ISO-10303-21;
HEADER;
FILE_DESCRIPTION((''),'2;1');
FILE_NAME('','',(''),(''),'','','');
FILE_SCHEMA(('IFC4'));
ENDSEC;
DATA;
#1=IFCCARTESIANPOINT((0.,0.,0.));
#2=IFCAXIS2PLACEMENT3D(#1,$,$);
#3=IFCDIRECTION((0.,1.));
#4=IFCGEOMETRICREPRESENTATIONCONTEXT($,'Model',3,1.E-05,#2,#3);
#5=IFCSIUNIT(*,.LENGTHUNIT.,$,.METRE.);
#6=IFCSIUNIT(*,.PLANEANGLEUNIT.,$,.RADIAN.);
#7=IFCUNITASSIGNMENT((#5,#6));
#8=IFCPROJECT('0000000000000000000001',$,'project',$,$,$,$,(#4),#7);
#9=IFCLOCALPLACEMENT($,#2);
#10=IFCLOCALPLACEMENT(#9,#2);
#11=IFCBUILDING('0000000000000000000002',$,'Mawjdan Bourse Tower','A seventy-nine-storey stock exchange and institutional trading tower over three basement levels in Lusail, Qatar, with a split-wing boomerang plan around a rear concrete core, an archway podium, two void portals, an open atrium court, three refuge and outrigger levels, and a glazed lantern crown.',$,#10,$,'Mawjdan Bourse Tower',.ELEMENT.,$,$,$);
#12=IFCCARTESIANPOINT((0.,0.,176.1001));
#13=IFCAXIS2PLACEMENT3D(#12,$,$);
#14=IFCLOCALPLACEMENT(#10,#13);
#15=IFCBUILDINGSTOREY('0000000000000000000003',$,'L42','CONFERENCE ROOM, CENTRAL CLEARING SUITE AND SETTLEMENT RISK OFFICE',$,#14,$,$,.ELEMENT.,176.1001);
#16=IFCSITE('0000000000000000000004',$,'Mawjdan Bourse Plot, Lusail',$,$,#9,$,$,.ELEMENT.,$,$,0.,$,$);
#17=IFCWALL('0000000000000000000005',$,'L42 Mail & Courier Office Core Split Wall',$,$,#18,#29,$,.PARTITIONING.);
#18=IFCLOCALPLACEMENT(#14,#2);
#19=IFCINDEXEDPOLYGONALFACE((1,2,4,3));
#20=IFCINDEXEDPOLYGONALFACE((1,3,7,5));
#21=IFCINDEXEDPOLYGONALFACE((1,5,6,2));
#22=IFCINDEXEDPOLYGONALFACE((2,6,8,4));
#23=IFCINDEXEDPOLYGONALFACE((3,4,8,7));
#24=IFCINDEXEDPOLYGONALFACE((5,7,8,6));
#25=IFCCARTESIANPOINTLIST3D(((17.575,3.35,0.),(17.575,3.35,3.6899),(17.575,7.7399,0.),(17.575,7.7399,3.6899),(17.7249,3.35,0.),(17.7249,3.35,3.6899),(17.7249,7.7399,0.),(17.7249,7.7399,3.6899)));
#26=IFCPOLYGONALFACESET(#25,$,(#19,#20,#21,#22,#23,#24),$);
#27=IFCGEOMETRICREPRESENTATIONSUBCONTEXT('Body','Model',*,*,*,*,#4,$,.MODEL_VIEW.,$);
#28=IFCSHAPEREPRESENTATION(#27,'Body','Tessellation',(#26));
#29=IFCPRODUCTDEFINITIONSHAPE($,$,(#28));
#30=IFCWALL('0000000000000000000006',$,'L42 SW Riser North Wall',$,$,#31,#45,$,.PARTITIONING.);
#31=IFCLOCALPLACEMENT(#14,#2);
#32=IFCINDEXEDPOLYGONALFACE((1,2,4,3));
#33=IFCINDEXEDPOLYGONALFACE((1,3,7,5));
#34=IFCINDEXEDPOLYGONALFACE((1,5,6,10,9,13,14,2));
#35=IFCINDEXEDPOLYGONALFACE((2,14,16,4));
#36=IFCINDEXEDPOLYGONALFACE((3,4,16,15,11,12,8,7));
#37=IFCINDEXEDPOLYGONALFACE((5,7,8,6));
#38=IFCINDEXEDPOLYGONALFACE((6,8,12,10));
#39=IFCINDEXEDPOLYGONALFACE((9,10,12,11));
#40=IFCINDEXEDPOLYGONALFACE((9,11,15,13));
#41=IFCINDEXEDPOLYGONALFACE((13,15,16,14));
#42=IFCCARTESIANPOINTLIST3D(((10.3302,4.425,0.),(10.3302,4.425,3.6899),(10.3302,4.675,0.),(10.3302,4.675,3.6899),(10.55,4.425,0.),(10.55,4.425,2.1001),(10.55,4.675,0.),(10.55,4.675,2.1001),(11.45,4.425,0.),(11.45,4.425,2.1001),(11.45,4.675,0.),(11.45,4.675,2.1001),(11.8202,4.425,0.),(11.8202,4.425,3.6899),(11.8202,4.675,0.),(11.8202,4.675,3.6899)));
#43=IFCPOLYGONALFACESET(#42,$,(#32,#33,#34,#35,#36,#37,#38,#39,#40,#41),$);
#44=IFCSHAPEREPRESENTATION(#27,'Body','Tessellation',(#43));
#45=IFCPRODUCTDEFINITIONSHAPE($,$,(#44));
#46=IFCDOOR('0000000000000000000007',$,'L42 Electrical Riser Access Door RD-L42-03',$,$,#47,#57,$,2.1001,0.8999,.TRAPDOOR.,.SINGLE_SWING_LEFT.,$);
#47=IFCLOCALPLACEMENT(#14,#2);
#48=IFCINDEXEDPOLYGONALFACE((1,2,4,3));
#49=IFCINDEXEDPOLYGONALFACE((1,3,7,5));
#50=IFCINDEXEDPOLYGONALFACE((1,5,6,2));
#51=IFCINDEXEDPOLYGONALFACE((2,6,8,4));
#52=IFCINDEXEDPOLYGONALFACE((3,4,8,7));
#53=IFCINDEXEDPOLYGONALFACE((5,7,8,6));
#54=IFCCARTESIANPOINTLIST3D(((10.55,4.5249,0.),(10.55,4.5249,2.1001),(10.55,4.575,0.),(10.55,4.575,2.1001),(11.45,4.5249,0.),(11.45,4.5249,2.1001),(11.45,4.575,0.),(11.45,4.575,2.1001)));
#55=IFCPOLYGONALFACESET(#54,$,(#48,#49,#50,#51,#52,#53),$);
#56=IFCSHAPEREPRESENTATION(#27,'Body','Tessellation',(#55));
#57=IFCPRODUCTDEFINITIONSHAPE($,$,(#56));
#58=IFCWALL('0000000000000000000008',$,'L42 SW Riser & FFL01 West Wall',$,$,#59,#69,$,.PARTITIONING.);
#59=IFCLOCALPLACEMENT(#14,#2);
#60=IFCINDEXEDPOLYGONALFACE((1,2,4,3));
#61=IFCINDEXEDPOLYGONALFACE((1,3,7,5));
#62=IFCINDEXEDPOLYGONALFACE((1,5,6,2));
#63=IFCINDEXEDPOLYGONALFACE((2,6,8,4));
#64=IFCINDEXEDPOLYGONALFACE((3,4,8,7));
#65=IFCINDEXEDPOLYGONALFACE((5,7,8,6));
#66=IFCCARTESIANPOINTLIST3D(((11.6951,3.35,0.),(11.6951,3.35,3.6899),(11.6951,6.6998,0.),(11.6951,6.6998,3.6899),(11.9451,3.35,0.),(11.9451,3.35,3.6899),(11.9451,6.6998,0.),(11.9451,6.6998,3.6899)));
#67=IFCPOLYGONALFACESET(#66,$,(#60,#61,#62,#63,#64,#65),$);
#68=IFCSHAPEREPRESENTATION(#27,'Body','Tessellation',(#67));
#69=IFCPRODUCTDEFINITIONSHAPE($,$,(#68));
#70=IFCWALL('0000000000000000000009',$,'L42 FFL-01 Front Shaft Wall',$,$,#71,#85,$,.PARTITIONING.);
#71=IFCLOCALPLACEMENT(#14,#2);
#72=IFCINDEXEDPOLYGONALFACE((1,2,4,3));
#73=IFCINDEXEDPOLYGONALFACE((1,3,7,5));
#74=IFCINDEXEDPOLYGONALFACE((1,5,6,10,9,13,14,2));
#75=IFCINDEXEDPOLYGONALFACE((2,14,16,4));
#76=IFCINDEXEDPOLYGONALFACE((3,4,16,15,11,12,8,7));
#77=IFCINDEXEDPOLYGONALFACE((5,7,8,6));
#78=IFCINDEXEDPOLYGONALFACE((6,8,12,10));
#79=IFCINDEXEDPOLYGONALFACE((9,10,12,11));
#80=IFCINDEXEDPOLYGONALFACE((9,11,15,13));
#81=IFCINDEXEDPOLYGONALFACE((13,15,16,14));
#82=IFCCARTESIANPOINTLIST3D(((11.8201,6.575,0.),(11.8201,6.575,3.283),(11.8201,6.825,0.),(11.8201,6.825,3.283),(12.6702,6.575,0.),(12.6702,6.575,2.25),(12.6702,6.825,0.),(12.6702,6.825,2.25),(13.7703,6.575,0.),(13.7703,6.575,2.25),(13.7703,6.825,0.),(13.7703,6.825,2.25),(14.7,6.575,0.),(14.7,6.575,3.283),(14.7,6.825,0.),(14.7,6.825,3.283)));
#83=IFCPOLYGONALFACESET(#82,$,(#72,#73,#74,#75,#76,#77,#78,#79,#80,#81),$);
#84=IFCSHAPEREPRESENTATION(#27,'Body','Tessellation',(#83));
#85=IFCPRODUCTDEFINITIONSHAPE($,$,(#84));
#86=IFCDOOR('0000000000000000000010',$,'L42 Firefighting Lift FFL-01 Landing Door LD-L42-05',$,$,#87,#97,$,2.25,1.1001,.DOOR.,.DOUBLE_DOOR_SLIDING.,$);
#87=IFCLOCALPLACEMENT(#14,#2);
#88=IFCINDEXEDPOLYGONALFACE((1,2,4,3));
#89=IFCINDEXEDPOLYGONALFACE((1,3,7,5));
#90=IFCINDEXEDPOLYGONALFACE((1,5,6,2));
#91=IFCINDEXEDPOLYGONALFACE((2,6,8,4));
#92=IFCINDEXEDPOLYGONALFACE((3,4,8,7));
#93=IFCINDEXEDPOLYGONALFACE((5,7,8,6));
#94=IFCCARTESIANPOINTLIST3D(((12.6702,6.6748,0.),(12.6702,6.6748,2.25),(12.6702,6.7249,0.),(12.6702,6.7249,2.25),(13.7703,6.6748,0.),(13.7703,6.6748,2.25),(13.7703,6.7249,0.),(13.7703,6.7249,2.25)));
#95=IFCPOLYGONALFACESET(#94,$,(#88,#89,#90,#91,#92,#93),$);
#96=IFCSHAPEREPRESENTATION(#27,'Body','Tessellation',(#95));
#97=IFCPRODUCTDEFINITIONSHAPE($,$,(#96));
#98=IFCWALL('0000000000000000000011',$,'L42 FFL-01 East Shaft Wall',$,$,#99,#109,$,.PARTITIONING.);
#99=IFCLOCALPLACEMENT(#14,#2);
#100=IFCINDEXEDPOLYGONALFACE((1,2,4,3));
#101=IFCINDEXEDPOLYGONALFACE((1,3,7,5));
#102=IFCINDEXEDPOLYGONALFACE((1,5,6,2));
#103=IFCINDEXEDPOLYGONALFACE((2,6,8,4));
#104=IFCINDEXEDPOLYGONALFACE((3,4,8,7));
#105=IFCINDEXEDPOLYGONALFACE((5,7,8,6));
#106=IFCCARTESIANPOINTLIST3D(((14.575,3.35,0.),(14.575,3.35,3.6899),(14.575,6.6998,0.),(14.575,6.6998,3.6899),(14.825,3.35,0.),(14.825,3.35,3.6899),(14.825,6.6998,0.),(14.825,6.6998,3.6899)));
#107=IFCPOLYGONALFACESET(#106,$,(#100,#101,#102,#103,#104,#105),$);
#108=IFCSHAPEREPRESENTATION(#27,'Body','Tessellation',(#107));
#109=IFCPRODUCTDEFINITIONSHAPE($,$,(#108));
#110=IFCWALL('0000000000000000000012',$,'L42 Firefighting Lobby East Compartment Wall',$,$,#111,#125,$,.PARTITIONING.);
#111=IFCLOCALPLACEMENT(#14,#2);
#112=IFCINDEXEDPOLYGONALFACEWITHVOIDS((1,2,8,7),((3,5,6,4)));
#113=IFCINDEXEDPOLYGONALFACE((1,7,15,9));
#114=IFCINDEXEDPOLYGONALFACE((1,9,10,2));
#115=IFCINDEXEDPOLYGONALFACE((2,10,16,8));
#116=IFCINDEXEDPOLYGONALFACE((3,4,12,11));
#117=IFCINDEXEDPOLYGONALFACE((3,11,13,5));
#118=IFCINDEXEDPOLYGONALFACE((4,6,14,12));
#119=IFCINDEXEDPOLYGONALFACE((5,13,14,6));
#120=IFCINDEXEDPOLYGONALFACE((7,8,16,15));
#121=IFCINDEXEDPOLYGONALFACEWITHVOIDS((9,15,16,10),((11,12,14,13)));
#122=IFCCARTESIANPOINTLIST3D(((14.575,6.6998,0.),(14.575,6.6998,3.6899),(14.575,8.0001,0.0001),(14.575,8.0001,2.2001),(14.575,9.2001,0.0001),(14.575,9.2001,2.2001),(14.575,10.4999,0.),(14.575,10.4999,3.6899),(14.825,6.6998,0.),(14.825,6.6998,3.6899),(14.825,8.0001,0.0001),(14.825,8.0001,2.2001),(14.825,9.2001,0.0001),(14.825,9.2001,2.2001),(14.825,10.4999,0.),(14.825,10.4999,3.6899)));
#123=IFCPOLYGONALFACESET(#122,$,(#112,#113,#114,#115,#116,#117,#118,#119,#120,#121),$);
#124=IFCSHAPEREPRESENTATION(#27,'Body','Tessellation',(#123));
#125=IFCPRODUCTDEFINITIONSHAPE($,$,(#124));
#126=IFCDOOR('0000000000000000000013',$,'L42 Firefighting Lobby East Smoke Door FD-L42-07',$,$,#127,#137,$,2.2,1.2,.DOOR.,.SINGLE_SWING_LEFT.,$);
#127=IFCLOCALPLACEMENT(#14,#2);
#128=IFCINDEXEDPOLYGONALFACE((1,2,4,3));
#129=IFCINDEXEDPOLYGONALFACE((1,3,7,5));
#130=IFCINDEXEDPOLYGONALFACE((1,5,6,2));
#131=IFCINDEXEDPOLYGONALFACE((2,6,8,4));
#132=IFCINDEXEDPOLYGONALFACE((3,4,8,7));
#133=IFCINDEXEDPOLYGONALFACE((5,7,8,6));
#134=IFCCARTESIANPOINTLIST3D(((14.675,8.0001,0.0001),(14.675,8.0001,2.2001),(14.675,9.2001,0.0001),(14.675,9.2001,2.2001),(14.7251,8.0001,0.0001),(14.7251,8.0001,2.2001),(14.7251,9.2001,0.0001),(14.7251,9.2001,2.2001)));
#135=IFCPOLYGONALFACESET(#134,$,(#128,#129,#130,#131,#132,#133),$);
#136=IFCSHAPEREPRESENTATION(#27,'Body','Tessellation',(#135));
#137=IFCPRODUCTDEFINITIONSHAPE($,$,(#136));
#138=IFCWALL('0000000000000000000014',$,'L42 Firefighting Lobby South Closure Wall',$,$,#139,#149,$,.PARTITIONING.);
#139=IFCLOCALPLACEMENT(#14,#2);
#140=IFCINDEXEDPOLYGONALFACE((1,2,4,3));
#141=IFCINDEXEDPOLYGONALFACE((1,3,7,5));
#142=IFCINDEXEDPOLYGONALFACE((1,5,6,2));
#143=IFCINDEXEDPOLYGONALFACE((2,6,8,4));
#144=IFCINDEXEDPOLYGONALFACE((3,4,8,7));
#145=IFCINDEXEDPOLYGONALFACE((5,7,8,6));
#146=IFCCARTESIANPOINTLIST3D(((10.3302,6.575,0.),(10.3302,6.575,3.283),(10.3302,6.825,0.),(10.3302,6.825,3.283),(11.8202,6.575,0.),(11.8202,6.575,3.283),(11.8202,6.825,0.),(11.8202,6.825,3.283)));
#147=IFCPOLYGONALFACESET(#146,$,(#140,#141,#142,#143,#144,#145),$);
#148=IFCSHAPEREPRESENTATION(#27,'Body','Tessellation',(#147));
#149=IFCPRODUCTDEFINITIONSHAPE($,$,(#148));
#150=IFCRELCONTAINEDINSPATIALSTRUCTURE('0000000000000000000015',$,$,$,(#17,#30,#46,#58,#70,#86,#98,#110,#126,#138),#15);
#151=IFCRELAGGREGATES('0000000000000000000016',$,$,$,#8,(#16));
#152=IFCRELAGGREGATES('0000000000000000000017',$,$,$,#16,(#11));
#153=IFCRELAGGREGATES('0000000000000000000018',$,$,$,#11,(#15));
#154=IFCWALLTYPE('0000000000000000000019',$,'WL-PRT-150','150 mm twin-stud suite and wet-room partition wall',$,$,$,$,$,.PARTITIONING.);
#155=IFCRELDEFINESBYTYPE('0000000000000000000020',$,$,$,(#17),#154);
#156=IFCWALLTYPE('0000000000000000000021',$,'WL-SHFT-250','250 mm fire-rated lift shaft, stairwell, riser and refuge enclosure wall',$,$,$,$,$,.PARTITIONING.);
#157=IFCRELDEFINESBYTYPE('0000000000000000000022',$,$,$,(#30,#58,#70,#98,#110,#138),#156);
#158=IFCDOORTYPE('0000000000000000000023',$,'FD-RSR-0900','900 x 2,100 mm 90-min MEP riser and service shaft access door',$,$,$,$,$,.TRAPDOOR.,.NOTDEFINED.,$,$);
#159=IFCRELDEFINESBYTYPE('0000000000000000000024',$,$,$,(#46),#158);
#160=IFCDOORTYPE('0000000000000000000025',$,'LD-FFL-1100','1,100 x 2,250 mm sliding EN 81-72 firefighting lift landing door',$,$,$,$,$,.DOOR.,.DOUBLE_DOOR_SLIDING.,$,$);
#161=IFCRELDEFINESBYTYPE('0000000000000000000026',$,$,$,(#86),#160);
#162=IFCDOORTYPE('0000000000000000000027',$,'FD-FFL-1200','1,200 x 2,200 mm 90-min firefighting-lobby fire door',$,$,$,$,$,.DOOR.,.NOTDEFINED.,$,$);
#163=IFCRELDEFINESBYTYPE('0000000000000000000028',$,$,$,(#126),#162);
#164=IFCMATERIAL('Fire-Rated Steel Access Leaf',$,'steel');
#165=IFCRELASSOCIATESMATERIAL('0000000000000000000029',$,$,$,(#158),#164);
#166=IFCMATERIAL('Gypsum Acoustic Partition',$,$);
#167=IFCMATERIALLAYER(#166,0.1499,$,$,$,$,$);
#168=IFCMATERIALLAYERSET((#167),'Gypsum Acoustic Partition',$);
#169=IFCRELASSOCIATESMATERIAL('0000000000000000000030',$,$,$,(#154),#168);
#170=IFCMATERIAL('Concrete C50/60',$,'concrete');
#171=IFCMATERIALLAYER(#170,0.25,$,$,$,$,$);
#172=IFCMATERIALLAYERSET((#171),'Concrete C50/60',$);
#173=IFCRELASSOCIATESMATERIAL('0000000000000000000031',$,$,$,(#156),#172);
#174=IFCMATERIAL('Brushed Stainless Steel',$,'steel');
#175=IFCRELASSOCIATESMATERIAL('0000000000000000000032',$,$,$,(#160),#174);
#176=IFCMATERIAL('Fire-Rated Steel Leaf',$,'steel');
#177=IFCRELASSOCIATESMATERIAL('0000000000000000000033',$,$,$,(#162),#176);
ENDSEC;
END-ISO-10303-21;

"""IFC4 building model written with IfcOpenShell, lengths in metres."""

from ifc_helpers import new_model, si_unit, direction, frame, frame_2d, origin, place, context, subcontext, project, spatial, rectangle, extrude, material, layer, layer_set, type_object, element, fill, save


model = new_model("IFC4")

# Units and contexts
model_context = context("Model", 3, precision=1e-05, world=origin(), true_north=direction((0.0, 1.0)))
body_context = subcontext(model_context, "Body", "Model", "MODEL_VIEW")
ifc_project = project(units=[si_unit("LENGTHUNIT", "METRE"), si_unit("PLANEANGLEUNIT", "RADIAN")], contexts=[model_context])

# Site, building, storey
site_placement = place(None, origin())
site = spatial("IfcSite", under=ifc_project, at=site_placement, Name="Mawjdan Bourse Plot, Lusail", CompositionType="ELEMENT", RefElevation=0.0)
building_placement = place(site_placement, origin())
building = spatial("IfcBuilding", under=site, at=building_placement, Name="Mawjdan Bourse Tower", Description="A seventy-nine-storey stock exchange and institutional trading tower over three basement levels in Lusail, Qatar, with a split-wing boomerang plan around a rear concrete core, an archway podium, two void portals, an open atrium court, three refuge and outrigger levels, and a glazed lantern crown.", LongName="Mawjdan Bourse Tower", CompositionType="ELEMENT")
storey_placement = place(building_placement, frame((0.0, 0.0, 176.1001)))
storey = spatial("IfcBuildingStorey", under=building, at=storey_placement, Name="L42", Description="CONFERENCE ROOM, CENTRAL CLEARING SUITE AND SETTLEMENT RISK OFFICE", CompositionType="ELEMENT", Elevation=176.1001)

# Shared definitions
ifc_material_1 = material(Name="Concrete C50/60", Category="concrete")

# Shared definitions
ifc_material_2 = material(Name="Fire-Rated Steel Access Leaf", Category="steel")
door_type_1 = type_object("IfcDoorType", Name="FD-RSR-0900", Description="900 x 2,100 mm 90-min MEP riser and service shaft access door", OperationType="NOTDEFINED", PredefinedType="TRAPDOOR", material=ifc_material_2)

# Wall
ifc_material_3 = material(Name="Gypsum Acoustic Partition")
ifc_layer_1 = layer(ifc_material_3, 0.1499)
ifc_layer_set_1 = layer_set([ifc_layer_1], Name="Gypsum Acoustic Partition")
wall_type_1 = type_object("IfcWallType", Name="WL-PRT-150", Description="150 mm twin-stud suite and wet-room partition wall", PredefinedType="PARTITIONING", material=ifc_layer_set_1)
wall_1_placement = place(storey_placement, frame((17.6499, 3.3501, 0.0), z_axis=(0.0, 0.0, 1.0), x_axis=(0.0, 1.0, 0.0)))
element("IfcWall", 1, at=wall_1_placement, inside=storey, type_object=wall_type_1, Name="L42 Mail & Courier Office Core Split Wall", PredefinedType="PARTITIONING", context=body_context, shape_type="SweptSolid", body=[
    extrude(rectangle(XDim=4.3899, YDim=0.1499, at=frame_2d((2.1948, 0.0))), origin(), (0.0, 0.0, 1.0), 3.6899),
])

# Wall, opening, door
ifc_layer_2 = layer(ifc_material_1, 0.25)
ifc_layer_set_2 = layer_set([ifc_layer_2], Name="Concrete C50/60")
wall_type_2 = type_object("IfcWallType", Name="WL-SHFT-250", Description="250 mm fire-rated lift shaft, stairwell, riser and refuge enclosure wall", PredefinedType="PARTITIONING", material=ifc_layer_set_2)
wall_2_placement = place(storey_placement, frame((10.3301, 4.55, 0.0), z_axis=(0.0, 0.0, 1.0), x_axis=(1.0, 0.0, 0.0)))
wall_2 = element("IfcWall", 2, at=wall_2_placement, inside=storey, type_object=wall_type_2, Name="L42 SW Riser North Wall", PredefinedType="PARTITIONING", context=body_context, shape_type="SweptSolid", body=[
    extrude(rectangle(XDim=1.49, YDim=0.25, at=frame_2d((0.7451, 0.0))), origin(), (0.0, 0.0, 1.0), 3.6899),
])
opening_1_placement = place(wall_2_placement, frame((0.22, 0.0, 0.0)))
opening_1 = element("IfcOpeningElement", 3, at=opening_1_placement, cuts=wall_2, PredefinedType="OPENING", context=body_context, shape_type="SweptSolid", body=[
    extrude(rectangle(XDim=0.8999, YDim=2.1001, at=frame_2d((0.45, 1.05))), frame((0.0, 0.135, 0.0), z_axis=(0.0, -1.0, 0.0), x_axis=(1.0, 0.0, 0.0)), (0.0, 0.0, 1.0), 0.27),
])
door_1_placement = place(opening_1_placement, origin())
door_1 = element("IfcDoor", 4, at=door_1_placement, inside=storey, type_object=door_type_1, Name="L42 Electrical Riser Access Door RD-L42-03", OperationType="SINGLE_SWING_LEFT", OverallHeight=2.1001, OverallWidth=0.8999, PredefinedType="TRAPDOOR", context=body_context, shape_type="SweptSolid", body=[
    extrude(rectangle(XDim=0.8999, YDim=2.1001, at=frame_2d((0.45, 1.05))), frame((0.0, 0.0249, 0.0), z_axis=(0.0, -1.0, 0.0), x_axis=(1.0, 0.0, 0.0)), (0.0, 0.0, 1.0), 0.05),
])
fill(opening_1, door_1)

# Wall
wall_3_placement = place(storey_placement, frame((11.8201, 3.3501, 0.0), z_axis=(0.0, 0.0, 1.0), x_axis=(0.0, 1.0, 0.0)))
element("IfcWall", 5, at=wall_3_placement, inside=storey, type_object=wall_type_2, Name="L42 SW Riser & FFL01 West Wall", PredefinedType="PARTITIONING", context=body_context, shape_type="SweptSolid", body=[
    extrude(rectangle(XDim=3.3499, YDim=0.25, at=frame_2d((1.6748, 0.0))), origin(), (0.0, 0.0, 1.0), 3.6899),
])

# Wall, opening, door
wall_4_placement = place(storey_placement, frame((11.8201, 6.7, 0.0), z_axis=(0.0, 0.0, 1.0), x_axis=(1.0, 0.0, 0.0)))
wall_4 = element("IfcWall", 6, at=wall_4_placement, inside=storey, type_object=wall_type_2, Name="L42 FFL-01 Front Shaft Wall", PredefinedType="PARTITIONING", context=body_context, shape_type="SweptSolid", body=[
    extrude(rectangle(XDim=2.8799, YDim=0.25, at=frame_2d((1.4399, 0.0))), origin(), (0.0, 0.0, 1.0), 3.283),
])
opening_2_placement = place(wall_4_placement, frame((0.8501, 0.0, 0.0)))
opening_2 = element("IfcOpeningElement", 7, at=opening_2_placement, cuts=wall_4, PredefinedType="OPENING", context=body_context, shape_type="SweptSolid", body=[
    extrude(rectangle(XDim=1.1001, YDim=2.25, at=frame_2d((0.55, 1.125))), frame((0.0, 0.135, 0.0), z_axis=(0.0, -1.0, 0.0), x_axis=(1.0, 0.0, 0.0)), (0.0, 0.0, 1.0), 0.27),
])
ifc_material_4 = material(Name="Brushed Stainless Steel", Category="steel")
door_type_2 = type_object("IfcDoorType", Name="LD-FFL-1100", Description="1,100 x 2,250 mm sliding EN 81-72 firefighting lift landing door", OperationType="DOUBLE_DOOR_SLIDING", PredefinedType="DOOR", material=ifc_material_4)
door_2_placement = place(opening_2_placement, origin())
door_2 = element("IfcDoor", 8, at=door_2_placement, inside=storey, type_object=door_type_2, Name="L42 Firefighting Lift FFL-01 Landing Door LD-L42-05", OperationType="DOUBLE_DOOR_SLIDING", OverallHeight=2.25, OverallWidth=1.1001, PredefinedType="DOOR", context=body_context, shape_type="SweptSolid", body=[
    extrude(rectangle(XDim=1.1001, YDim=2.25, at=frame_2d((0.55, 1.125))), frame((0.0, 0.0249, 0.0), z_axis=(0.0, -1.0, 0.0), x_axis=(1.0, 0.0, 0.0)), (0.0, 0.0, 1.0), 0.05),
])
fill(opening_2, door_2)

# Wall
wall_5_placement = place(storey_placement, frame((14.7, 3.3501, 0.0), z_axis=(0.0, 0.0, 1.0), x_axis=(0.0, 1.0, 0.0)))
element("IfcWall", 9, at=wall_5_placement, inside=storey, type_object=wall_type_2, Name="L42 FFL-01 East Shaft Wall", PredefinedType="PARTITIONING", context=body_context, shape_type="SweptSolid", body=[
    extrude(rectangle(XDim=3.3499, YDim=0.25, at=frame_2d((1.6748, 0.0))), origin(), (0.0, 0.0, 1.0), 3.6899),
])

# Wall, opening, door
wall_6_placement = place(storey_placement, frame((14.7, 6.7, 0.0), z_axis=(0.0, 0.0, 1.0), x_axis=(0.0, 1.0, 0.0)))
wall_6 = element("IfcWall", 10, at=wall_6_placement, inside=storey, type_object=wall_type_2, Name="L42 Firefighting Lobby East Compartment Wall", PredefinedType="PARTITIONING", context=body_context, shape_type="SweptSolid", body=[
    extrude(rectangle(XDim=3.8, YDim=0.25, at=frame_2d((1.8999, 0.0))), origin(), (0.0, 0.0, 1.0), 3.6899),
])
opening_3_placement = place(wall_6_placement, frame((1.3, 0.0, 0.0)))
opening_3 = element("IfcOpeningElement", 11, at=opening_3_placement, cuts=wall_6, PredefinedType="OPENING", context=body_context, shape_type="SweptSolid", body=[
    extrude(rectangle(XDim=1.2, YDim=2.2, at=frame_2d((0.6001, 1.1001))), frame((0.0, 0.135, 0.0), z_axis=(0.0, -1.0, 0.0), x_axis=(1.0, 0.0, 0.0)), (0.0, 0.0, 1.0), 0.27),
])
ifc_material_5 = material(Name="Fire-Rated Steel Leaf", Category="steel")
door_type_3 = type_object("IfcDoorType", Name="FD-FFL-1200", Description="1,200 x 2,200 mm 90-min firefighting-lobby fire door", OperationType="NOTDEFINED", PredefinedType="DOOR", material=ifc_material_5)
door_3_placement = place(opening_3_placement, origin())
door_3 = element("IfcDoor", 12, at=door_3_placement, inside=storey, type_object=door_type_3, Name="L42 Firefighting Lobby East Smoke Door FD-L42-07", OperationType="SINGLE_SWING_LEFT", OverallHeight=2.2, OverallWidth=1.2, PredefinedType="DOOR", context=body_context, shape_type="SweptSolid", body=[
    extrude(rectangle(XDim=1.2, YDim=2.2, at=frame_2d((0.6001, 1.1001))), frame((0.0, 0.0249, 0.0), z_axis=(0.0, -1.0, 0.0), x_axis=(1.0, 0.0, 0.0)), (0.0, 0.0, 1.0), 0.05),
])
fill(opening_3, door_3)

# Wall
wall_7_placement = place(storey_placement, frame((10.3301, 6.7, 0.0), z_axis=(0.0, 0.0, 1.0), x_axis=(1.0, 0.0, 0.0)))
element("IfcWall", 13, at=wall_7_placement, inside=storey, type_object=wall_type_2, Name="L42 Firefighting Lobby South Closure Wall", PredefinedType="PARTITIONING", context=body_context, shape_type="SweptSolid", body=[
    extrude(rectangle(XDim=1.49, YDim=0.25, at=frame_2d((0.7451, 0.0))), origin(), (0.0, 0.0, 1.0), 3.283),
])

save(model, "model.ifc")
